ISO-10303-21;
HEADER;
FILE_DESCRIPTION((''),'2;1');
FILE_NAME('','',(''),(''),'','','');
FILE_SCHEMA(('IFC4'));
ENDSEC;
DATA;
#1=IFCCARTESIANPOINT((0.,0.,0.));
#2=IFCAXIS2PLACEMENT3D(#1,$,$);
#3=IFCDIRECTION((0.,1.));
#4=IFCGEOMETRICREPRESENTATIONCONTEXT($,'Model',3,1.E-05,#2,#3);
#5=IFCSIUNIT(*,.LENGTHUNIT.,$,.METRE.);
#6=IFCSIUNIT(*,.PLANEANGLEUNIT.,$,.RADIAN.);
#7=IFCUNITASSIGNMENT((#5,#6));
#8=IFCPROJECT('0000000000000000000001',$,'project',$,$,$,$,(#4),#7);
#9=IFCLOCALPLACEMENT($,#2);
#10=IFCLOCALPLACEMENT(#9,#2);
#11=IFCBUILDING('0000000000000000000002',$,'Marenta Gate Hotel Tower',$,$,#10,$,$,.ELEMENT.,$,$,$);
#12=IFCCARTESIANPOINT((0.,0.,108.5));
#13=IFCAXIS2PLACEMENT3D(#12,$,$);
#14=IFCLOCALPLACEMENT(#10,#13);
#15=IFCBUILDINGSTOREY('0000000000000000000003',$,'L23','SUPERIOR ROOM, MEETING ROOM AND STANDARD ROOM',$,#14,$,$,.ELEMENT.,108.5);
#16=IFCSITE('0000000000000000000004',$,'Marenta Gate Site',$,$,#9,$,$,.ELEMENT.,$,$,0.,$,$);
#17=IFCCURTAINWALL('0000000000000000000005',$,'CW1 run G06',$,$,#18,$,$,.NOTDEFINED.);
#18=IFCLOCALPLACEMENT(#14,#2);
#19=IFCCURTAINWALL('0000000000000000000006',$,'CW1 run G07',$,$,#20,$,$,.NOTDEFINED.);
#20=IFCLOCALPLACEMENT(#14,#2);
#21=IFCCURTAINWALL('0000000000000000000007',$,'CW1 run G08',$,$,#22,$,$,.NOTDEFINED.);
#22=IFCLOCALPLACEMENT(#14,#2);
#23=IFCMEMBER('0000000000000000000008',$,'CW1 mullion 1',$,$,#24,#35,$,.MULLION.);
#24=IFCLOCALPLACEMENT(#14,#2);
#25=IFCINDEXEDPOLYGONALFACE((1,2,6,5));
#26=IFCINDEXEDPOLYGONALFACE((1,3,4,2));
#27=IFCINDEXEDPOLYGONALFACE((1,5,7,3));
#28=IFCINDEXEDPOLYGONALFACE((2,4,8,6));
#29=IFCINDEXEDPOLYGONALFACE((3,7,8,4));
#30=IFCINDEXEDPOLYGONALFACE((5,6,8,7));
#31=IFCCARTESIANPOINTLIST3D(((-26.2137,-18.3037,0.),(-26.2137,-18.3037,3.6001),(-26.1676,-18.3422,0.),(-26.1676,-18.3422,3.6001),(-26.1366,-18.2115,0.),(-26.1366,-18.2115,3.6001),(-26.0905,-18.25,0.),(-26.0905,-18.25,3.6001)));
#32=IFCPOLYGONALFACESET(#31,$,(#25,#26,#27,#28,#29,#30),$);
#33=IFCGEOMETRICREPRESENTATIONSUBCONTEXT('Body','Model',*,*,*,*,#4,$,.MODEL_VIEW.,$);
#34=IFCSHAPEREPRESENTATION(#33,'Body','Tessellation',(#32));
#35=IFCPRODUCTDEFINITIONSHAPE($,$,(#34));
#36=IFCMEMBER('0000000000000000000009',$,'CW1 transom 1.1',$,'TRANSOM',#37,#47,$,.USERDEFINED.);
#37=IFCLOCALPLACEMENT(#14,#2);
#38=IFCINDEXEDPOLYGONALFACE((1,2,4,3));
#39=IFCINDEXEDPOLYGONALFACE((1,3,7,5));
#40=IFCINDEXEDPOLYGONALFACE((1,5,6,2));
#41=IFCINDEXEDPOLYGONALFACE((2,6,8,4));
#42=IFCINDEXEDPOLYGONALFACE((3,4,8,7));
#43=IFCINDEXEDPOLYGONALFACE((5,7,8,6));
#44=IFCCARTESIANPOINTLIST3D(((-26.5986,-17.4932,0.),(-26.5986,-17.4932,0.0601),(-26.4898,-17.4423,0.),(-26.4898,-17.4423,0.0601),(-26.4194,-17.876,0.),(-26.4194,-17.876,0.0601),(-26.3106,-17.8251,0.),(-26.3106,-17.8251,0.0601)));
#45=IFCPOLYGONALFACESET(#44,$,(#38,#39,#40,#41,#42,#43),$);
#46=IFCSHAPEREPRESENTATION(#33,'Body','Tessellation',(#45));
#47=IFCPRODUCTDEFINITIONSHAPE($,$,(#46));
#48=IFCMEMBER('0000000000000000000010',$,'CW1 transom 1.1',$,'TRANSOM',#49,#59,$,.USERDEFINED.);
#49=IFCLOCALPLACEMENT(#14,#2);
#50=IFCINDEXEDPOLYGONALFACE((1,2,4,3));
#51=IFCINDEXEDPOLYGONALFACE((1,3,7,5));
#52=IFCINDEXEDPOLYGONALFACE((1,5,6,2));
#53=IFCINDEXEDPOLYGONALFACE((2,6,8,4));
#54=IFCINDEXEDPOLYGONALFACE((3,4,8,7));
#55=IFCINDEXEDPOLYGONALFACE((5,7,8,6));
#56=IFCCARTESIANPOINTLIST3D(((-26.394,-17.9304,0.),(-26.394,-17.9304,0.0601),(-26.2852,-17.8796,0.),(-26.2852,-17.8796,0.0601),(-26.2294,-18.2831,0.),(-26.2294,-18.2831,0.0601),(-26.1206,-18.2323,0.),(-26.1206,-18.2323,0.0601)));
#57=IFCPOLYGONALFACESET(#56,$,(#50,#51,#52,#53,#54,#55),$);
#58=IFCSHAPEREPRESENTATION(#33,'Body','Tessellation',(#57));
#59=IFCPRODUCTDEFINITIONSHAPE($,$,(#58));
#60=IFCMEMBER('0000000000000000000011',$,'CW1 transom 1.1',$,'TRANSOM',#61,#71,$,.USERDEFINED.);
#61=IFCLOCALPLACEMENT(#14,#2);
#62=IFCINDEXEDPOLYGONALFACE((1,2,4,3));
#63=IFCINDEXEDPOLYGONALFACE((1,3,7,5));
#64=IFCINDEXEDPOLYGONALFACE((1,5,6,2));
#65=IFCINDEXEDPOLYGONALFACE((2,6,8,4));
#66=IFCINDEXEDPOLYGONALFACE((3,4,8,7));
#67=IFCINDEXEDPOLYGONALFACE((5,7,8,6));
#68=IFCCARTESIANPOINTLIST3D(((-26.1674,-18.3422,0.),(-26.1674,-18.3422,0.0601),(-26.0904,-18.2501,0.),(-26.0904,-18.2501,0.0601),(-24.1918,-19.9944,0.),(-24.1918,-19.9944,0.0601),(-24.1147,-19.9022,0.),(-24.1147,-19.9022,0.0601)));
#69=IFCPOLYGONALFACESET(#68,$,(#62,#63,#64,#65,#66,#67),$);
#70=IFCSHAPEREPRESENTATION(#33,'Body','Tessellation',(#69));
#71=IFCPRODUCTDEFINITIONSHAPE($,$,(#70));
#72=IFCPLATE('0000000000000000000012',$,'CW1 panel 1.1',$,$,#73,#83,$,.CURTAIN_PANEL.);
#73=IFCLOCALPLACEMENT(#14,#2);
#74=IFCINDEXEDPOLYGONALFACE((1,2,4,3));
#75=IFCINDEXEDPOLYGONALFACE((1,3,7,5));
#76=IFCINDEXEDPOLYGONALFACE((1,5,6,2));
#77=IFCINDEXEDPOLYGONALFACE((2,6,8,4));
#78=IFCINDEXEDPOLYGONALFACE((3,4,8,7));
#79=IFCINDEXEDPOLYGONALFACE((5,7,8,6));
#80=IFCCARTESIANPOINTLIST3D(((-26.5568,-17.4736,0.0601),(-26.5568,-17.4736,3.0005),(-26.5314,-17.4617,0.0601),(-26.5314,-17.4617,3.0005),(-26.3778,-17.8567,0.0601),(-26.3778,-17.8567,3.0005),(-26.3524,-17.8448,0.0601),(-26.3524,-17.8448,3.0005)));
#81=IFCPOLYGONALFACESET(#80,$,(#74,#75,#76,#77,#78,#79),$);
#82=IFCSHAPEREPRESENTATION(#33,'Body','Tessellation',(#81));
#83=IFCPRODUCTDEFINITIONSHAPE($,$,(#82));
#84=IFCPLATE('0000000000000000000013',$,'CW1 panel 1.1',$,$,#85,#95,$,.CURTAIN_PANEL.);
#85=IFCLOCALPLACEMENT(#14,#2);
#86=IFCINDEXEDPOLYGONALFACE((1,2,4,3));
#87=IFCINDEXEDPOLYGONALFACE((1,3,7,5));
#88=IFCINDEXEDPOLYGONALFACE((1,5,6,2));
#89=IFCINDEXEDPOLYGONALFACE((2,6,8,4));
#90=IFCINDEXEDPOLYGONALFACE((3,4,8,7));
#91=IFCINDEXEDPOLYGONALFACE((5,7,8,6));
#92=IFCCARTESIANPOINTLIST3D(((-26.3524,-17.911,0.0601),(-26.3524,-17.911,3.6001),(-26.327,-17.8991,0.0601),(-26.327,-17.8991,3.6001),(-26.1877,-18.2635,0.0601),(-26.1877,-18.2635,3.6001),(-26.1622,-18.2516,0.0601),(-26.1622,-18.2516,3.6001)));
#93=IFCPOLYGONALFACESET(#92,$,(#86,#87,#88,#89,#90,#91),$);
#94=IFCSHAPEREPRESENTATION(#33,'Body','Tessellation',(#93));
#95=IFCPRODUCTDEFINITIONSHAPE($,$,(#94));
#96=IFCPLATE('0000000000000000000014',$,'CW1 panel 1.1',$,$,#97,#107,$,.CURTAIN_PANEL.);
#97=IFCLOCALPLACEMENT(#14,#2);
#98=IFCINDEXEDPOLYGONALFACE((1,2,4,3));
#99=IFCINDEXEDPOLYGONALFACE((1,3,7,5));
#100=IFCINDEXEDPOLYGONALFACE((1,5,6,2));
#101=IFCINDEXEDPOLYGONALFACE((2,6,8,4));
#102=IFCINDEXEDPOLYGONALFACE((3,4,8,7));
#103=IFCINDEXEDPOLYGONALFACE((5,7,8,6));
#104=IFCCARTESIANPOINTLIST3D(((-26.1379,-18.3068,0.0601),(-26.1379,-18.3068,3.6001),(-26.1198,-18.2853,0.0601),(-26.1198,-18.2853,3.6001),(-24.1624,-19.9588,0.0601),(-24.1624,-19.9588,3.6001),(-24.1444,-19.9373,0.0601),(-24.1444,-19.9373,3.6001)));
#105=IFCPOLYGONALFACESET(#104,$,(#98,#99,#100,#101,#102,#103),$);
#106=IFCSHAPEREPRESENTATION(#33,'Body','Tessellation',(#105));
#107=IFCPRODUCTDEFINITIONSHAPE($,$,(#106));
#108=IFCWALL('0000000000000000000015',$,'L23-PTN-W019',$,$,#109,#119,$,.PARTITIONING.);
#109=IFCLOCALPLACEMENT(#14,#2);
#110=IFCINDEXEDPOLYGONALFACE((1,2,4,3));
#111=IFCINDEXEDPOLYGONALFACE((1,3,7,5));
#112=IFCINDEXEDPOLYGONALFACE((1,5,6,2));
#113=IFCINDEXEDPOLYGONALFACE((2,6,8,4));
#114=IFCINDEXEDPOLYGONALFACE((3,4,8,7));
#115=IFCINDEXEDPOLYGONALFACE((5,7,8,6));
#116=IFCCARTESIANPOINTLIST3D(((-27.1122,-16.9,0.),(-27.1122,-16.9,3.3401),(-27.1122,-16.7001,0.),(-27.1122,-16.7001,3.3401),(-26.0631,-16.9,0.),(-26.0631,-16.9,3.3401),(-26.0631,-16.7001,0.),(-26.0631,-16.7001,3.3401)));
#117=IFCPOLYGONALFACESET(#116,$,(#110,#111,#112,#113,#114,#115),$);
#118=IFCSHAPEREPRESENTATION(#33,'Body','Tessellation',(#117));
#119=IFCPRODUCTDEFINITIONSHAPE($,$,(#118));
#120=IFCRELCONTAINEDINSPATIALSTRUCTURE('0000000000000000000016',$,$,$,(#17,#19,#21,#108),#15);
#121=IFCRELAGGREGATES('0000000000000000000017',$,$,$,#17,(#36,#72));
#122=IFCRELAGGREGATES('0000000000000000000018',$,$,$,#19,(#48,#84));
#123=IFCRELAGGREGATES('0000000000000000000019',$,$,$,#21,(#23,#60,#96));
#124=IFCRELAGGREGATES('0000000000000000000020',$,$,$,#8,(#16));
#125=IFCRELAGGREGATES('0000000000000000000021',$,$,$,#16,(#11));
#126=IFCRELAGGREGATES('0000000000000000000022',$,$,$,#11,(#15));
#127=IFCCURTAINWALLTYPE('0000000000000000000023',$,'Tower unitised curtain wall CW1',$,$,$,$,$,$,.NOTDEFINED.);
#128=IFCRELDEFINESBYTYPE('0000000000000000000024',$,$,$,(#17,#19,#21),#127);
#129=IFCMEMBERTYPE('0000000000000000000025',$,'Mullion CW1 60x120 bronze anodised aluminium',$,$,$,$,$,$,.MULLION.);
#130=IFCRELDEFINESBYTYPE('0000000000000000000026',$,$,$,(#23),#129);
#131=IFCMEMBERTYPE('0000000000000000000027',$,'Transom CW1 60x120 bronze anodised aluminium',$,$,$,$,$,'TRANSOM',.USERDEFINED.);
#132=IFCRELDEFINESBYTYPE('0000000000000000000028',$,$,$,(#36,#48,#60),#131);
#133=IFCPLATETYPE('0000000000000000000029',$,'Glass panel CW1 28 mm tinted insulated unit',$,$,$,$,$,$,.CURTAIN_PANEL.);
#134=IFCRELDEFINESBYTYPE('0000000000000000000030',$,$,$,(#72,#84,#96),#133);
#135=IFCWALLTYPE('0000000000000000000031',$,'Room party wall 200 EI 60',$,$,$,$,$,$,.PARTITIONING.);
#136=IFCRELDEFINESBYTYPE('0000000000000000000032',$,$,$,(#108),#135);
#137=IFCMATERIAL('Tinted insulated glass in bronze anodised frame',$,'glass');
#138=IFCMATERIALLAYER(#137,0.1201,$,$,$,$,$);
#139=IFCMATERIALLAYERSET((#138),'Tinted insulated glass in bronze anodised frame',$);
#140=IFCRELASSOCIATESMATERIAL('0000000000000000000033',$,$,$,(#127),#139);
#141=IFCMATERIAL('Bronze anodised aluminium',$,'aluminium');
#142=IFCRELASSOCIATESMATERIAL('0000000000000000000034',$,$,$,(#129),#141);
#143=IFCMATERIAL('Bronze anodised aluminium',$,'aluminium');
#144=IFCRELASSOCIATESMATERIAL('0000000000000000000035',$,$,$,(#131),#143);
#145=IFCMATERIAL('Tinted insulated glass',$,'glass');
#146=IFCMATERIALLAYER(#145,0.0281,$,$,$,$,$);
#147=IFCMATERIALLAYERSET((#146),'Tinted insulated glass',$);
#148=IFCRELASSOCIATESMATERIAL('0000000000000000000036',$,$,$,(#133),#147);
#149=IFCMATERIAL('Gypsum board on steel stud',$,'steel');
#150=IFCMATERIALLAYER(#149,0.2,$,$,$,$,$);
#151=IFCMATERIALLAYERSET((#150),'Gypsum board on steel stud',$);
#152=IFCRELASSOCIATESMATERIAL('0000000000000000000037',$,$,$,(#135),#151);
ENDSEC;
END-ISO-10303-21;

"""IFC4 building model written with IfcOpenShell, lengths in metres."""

from ifc_helpers import new_model, si_unit, direction, frame, frame_2d, origin, origin_2d, place, context, subcontext, project, spatial, rectangle, extrude, material, layer, layer_set, material_profile, profile_set, type_object, element, aggregate, save


model = new_model("IFC4")

# Units and contexts
model_context = context("Model", 3, precision=1e-05, world=origin(), true_north=direction((0.0, 1.0)))
body_context = subcontext(model_context, "Body", "Model", "MODEL_VIEW")
ifc_project = project(units=[si_unit("LENGTHUNIT", "METRE"), si_unit("PLANEANGLEUNIT", "RADIAN")], contexts=[model_context])

# Site, building, storey
site_placement = place(None, origin())
site = spatial("IfcSite", under=ifc_project, at=site_placement, Name="Marenta Gate Site", CompositionType="ELEMENT", RefElevation=0.0)
building_placement = place(site_placement, origin())
building = spatial("IfcBuilding", under=site, at=building_placement, Name="Marenta Gate Hotel Tower", CompositionType="ELEMENT")
storey_placement = place(building_placement, frame((0.0, 0.0, 108.5)))
storey = spatial("IfcBuildingStorey", under=building, at=storey_placement, Name="L23", Description="SUPERIOR ROOM, MEETING ROOM AND STANDARD ROOM", CompositionType="ELEMENT", Elevation=108.5)

# Curtain walls, member
ifc_material_1 = material(Name="Tinted insulated glass in bronze anodised frame", Category="glass")
ifc_layer_1 = layer(ifc_material_1, 0.1201)
ifc_layer_set_1 = layer_set([ifc_layer_1], Name="Tinted insulated glass in bronze anodised frame")
curtain_wall_type = type_object("IfcCurtainWallType", Name="Tower unitised curtain wall CW1", PredefinedType="NOTDEFINED", material=ifc_layer_set_1)
curtain_wall_1_placement = place(storey_placement, origin())
curtain_wall_1 = element("IfcCurtainWall", 1, at=curtain_wall_1_placement, inside=storey, type_object=curtain_wall_type, Name="CW1 run G06", PredefinedType="NOTDEFINED")
ifc_material_2 = material(Name="Bronze anodised aluminium", Category="aluminium")
ifc_material_profile_1 = material_profile(ifc_material_2, rectangle(XDim=0.1201, YDim=0.0601, at=origin_2d()), Name="Mullion CW1 60x120 bronze anodised aluminium")
ifc_profile_set_1 = profile_set([ifc_material_profile_1], Name="Bronze anodised aluminium")
member_type_1 = type_object("IfcMemberType", Name="Mullion CW1 60x120 bronze anodised aluminium", PredefinedType="MULLION", material=ifc_profile_set_1)
curtain_wall_2_placement = place(storey_placement, origin())
curtain_wall_2 = element("IfcCurtainWall", 2, at=curtain_wall_2_placement, inside=storey, type_object=curtain_wall_type, Name="CW1 run G07", PredefinedType="NOTDEFINED")
curtain_wall_3_placement = place(storey_placement, origin())
curtain_wall_3 = element("IfcCurtainWall", 3, at=curtain_wall_3_placement, inside=storey, type_object=curtain_wall_type, Name="CW1 run G08", PredefinedType="NOTDEFINED")
member_1_placement = place(storey_placement, frame((-26.1521, -18.2769, 0.0), z_axis=(0.0, 0.0, 1.0), x_axis=(0.641512, 0.767113, 0.0)))
member_1 = element("IfcMember", 4, at=member_1_placement, type_object=member_type_1, Name="CW1 mullion 1", PredefinedType="MULLION", context=body_context, shape_type="SweptSolid", body=[
    extrude(rectangle(XDim=0.1201, YDim=0.0601, at=origin_2d()), origin(), (0.0, 0.0, 1.0), 3.6001),
])

# Members
ifc_material_3 = material(Name="Bronze anodised aluminium", Category="aluminium")
ifc_material_profile_2 = material_profile(ifc_material_3, rectangle(XDim=0.1201, YDim=0.0601, at=origin_2d()), Name="Transom CW1 60x120 bronze anodised aluminium")
ifc_profile_set_2 = profile_set([ifc_material_profile_2], Name="Bronze anodised aluminium")
member_type_2 = type_object("IfcMemberType", Name="Transom CW1 60x120 bronze anodised aluminium", ElementType="TRANSOM", PredefinedType="USERDEFINED", material=ifc_profile_set_2)
member_2_placement = place(storey_placement, frame((-26.5442, -17.4678, 0.03), z_axis=(0.42396, -0.905681, 0.0), x_axis=(0.905681, 0.42396, 0.0)))
member_2 = element("IfcMember", 5, at=member_2_placement, type_object=member_type_2, Name="CW1 transom 1.1", ObjectType="TRANSOM", PredefinedType="USERDEFINED", context=body_context, shape_type="SweptSolid", body=[
    extrude(rectangle(XDim=0.1201, YDim=0.0601, at=origin_2d()), origin(), (0.0, 0.0, 1.0), 0.4226),
])
member_3_placement = place(storey_placement, frame((-26.3396, -17.905, 0.03), z_axis=(0.422954, -0.906151, 0.0), x_axis=(0.906151, 0.422954, 0.0)))
member_3 = element("IfcMember", 6, at=member_3_placement, type_object=member_type_2, Name="CW1 transom 1.1", ObjectType="TRANSOM", PredefinedType="USERDEFINED", context=body_context, shape_type="SweptSolid", body=[
    extrude(rectangle(XDim=0.1201, YDim=0.0601, at=origin_2d()), origin(), (0.0, 0.0, 1.0), 0.3892),
])
member_4_placement = place(storey_placement, frame((-26.1289, -18.2961, 0.03), z_axis=(0.767117, -0.641508, 0.0), x_axis=(0.641508, 0.767117, 0.0)))
member_4 = element("IfcMember", 7, at=member_4_placement, type_object=member_type_2, Name="CW1 transom 1.1", ObjectType="TRANSOM", PredefinedType="USERDEFINED", context=body_context, shape_type="SweptSolid", body=[
    extrude(rectangle(XDim=0.1201, YDim=0.0601, at=origin_2d()), origin(), (0.0, 0.0, 1.0), 2.5754),
])

# Plates
ifc_material_4 = material(Name="Tinted insulated glass", Category="glass")
ifc_layer_2 = layer(ifc_material_4, 0.0281)
ifc_layer_set_2 = layer_set([ifc_layer_2], Name="Tinted insulated glass")
plate_type = type_object("IfcPlateType", Name="Glass panel CW1 28 mm tinted insulated unit", PredefinedType="CURTAIN_PANEL", material=ifc_layer_set_2)
plate_1_placement = place(storey_placement, frame((-26.4546, -17.6592, 0.0601), z_axis=(0.0, 0.0, 1.0), x_axis=(0.423362, -0.905961, 0.0)))
plate_1 = element("IfcPlate", 8, at=plate_1_placement, type_object=plate_type, Name="CW1 panel 1.1", PredefinedType="CURTAIN_PANEL", context=body_context, shape_type="SweptSolid", body=[
    extrude(rectangle(XDim=0.4229, YDim=0.0281, at=origin_2d()), origin(), (0.0, 0.0, 1.0), 2.9404),
])
aggregate(curtain_wall_1, [member_2, plate_1])
plate_2_placement = place(storey_placement, frame((-26.2573, -18.0813, 0.0601), z_axis=(0.0, 0.0, 1.0), x_axis=(0.423275, -0.906001, 0.0)))
plate_2 = element("IfcPlate", 9, at=plate_2_placement, type_object=plate_type, Name="CW1 panel 1.1", PredefinedType="CURTAIN_PANEL", context=body_context, shape_type="SweptSolid", body=[
    extrude(rectangle(XDim=0.3892, YDim=0.0281, at=origin_2d()), origin(), (0.0, 0.0, 1.0), 3.54),
])
aggregate(curtain_wall_2, [member_3, plate_2])
plate_3_placement = place(storey_placement, frame((-25.1411, -19.1221, 0.0601), z_axis=(0.0, 0.0, 1.0), x_axis=(0.767113, -0.641512, 0.0)))
plate_3 = element("IfcPlate", 10, at=plate_3_placement, type_object=plate_type, Name="CW1 panel 1.1", PredefinedType="CURTAIN_PANEL", context=body_context, shape_type="SweptSolid", body=[
    extrude(rectangle(XDim=2.5752, YDim=0.0281, at=origin_2d()), origin(), (0.0, 0.0, 1.0), 3.54),
])
aggregate(curtain_wall_3, [member_1, member_4, plate_3])

# Wall
ifc_material_5 = material(Name="Gypsum board on steel stud", Category="steel")
ifc_layer_3 = layer(ifc_material_5, 0.2)
ifc_layer_set_3 = layer_set([ifc_layer_3], Name="Gypsum board on steel stud")
wall_type = type_object("IfcWallType", Name="Room party wall 200 EI 60", PredefinedType="PARTITIONING", material=ifc_layer_set_3)
wall_placement = place(storey_placement, frame((-27.1121, -16.8, 0.0), z_axis=(0.0, 0.0, 1.0), x_axis=(1.0, 0.0, 0.0)))
element("IfcWall", 11, at=wall_placement, inside=storey, type_object=wall_type, Name="L23-PTN-W019", PredefinedType="PARTITIONING", context=body_context, shape_type="SweptSolid", body=[
    extrude(rectangle(XDim=1.0491, YDim=0.2, at=frame_2d((0.5244, 0.0))), origin(), (0.0, 0.0, 1.0), 3.3401),
])

save(model, "model.ifc")
